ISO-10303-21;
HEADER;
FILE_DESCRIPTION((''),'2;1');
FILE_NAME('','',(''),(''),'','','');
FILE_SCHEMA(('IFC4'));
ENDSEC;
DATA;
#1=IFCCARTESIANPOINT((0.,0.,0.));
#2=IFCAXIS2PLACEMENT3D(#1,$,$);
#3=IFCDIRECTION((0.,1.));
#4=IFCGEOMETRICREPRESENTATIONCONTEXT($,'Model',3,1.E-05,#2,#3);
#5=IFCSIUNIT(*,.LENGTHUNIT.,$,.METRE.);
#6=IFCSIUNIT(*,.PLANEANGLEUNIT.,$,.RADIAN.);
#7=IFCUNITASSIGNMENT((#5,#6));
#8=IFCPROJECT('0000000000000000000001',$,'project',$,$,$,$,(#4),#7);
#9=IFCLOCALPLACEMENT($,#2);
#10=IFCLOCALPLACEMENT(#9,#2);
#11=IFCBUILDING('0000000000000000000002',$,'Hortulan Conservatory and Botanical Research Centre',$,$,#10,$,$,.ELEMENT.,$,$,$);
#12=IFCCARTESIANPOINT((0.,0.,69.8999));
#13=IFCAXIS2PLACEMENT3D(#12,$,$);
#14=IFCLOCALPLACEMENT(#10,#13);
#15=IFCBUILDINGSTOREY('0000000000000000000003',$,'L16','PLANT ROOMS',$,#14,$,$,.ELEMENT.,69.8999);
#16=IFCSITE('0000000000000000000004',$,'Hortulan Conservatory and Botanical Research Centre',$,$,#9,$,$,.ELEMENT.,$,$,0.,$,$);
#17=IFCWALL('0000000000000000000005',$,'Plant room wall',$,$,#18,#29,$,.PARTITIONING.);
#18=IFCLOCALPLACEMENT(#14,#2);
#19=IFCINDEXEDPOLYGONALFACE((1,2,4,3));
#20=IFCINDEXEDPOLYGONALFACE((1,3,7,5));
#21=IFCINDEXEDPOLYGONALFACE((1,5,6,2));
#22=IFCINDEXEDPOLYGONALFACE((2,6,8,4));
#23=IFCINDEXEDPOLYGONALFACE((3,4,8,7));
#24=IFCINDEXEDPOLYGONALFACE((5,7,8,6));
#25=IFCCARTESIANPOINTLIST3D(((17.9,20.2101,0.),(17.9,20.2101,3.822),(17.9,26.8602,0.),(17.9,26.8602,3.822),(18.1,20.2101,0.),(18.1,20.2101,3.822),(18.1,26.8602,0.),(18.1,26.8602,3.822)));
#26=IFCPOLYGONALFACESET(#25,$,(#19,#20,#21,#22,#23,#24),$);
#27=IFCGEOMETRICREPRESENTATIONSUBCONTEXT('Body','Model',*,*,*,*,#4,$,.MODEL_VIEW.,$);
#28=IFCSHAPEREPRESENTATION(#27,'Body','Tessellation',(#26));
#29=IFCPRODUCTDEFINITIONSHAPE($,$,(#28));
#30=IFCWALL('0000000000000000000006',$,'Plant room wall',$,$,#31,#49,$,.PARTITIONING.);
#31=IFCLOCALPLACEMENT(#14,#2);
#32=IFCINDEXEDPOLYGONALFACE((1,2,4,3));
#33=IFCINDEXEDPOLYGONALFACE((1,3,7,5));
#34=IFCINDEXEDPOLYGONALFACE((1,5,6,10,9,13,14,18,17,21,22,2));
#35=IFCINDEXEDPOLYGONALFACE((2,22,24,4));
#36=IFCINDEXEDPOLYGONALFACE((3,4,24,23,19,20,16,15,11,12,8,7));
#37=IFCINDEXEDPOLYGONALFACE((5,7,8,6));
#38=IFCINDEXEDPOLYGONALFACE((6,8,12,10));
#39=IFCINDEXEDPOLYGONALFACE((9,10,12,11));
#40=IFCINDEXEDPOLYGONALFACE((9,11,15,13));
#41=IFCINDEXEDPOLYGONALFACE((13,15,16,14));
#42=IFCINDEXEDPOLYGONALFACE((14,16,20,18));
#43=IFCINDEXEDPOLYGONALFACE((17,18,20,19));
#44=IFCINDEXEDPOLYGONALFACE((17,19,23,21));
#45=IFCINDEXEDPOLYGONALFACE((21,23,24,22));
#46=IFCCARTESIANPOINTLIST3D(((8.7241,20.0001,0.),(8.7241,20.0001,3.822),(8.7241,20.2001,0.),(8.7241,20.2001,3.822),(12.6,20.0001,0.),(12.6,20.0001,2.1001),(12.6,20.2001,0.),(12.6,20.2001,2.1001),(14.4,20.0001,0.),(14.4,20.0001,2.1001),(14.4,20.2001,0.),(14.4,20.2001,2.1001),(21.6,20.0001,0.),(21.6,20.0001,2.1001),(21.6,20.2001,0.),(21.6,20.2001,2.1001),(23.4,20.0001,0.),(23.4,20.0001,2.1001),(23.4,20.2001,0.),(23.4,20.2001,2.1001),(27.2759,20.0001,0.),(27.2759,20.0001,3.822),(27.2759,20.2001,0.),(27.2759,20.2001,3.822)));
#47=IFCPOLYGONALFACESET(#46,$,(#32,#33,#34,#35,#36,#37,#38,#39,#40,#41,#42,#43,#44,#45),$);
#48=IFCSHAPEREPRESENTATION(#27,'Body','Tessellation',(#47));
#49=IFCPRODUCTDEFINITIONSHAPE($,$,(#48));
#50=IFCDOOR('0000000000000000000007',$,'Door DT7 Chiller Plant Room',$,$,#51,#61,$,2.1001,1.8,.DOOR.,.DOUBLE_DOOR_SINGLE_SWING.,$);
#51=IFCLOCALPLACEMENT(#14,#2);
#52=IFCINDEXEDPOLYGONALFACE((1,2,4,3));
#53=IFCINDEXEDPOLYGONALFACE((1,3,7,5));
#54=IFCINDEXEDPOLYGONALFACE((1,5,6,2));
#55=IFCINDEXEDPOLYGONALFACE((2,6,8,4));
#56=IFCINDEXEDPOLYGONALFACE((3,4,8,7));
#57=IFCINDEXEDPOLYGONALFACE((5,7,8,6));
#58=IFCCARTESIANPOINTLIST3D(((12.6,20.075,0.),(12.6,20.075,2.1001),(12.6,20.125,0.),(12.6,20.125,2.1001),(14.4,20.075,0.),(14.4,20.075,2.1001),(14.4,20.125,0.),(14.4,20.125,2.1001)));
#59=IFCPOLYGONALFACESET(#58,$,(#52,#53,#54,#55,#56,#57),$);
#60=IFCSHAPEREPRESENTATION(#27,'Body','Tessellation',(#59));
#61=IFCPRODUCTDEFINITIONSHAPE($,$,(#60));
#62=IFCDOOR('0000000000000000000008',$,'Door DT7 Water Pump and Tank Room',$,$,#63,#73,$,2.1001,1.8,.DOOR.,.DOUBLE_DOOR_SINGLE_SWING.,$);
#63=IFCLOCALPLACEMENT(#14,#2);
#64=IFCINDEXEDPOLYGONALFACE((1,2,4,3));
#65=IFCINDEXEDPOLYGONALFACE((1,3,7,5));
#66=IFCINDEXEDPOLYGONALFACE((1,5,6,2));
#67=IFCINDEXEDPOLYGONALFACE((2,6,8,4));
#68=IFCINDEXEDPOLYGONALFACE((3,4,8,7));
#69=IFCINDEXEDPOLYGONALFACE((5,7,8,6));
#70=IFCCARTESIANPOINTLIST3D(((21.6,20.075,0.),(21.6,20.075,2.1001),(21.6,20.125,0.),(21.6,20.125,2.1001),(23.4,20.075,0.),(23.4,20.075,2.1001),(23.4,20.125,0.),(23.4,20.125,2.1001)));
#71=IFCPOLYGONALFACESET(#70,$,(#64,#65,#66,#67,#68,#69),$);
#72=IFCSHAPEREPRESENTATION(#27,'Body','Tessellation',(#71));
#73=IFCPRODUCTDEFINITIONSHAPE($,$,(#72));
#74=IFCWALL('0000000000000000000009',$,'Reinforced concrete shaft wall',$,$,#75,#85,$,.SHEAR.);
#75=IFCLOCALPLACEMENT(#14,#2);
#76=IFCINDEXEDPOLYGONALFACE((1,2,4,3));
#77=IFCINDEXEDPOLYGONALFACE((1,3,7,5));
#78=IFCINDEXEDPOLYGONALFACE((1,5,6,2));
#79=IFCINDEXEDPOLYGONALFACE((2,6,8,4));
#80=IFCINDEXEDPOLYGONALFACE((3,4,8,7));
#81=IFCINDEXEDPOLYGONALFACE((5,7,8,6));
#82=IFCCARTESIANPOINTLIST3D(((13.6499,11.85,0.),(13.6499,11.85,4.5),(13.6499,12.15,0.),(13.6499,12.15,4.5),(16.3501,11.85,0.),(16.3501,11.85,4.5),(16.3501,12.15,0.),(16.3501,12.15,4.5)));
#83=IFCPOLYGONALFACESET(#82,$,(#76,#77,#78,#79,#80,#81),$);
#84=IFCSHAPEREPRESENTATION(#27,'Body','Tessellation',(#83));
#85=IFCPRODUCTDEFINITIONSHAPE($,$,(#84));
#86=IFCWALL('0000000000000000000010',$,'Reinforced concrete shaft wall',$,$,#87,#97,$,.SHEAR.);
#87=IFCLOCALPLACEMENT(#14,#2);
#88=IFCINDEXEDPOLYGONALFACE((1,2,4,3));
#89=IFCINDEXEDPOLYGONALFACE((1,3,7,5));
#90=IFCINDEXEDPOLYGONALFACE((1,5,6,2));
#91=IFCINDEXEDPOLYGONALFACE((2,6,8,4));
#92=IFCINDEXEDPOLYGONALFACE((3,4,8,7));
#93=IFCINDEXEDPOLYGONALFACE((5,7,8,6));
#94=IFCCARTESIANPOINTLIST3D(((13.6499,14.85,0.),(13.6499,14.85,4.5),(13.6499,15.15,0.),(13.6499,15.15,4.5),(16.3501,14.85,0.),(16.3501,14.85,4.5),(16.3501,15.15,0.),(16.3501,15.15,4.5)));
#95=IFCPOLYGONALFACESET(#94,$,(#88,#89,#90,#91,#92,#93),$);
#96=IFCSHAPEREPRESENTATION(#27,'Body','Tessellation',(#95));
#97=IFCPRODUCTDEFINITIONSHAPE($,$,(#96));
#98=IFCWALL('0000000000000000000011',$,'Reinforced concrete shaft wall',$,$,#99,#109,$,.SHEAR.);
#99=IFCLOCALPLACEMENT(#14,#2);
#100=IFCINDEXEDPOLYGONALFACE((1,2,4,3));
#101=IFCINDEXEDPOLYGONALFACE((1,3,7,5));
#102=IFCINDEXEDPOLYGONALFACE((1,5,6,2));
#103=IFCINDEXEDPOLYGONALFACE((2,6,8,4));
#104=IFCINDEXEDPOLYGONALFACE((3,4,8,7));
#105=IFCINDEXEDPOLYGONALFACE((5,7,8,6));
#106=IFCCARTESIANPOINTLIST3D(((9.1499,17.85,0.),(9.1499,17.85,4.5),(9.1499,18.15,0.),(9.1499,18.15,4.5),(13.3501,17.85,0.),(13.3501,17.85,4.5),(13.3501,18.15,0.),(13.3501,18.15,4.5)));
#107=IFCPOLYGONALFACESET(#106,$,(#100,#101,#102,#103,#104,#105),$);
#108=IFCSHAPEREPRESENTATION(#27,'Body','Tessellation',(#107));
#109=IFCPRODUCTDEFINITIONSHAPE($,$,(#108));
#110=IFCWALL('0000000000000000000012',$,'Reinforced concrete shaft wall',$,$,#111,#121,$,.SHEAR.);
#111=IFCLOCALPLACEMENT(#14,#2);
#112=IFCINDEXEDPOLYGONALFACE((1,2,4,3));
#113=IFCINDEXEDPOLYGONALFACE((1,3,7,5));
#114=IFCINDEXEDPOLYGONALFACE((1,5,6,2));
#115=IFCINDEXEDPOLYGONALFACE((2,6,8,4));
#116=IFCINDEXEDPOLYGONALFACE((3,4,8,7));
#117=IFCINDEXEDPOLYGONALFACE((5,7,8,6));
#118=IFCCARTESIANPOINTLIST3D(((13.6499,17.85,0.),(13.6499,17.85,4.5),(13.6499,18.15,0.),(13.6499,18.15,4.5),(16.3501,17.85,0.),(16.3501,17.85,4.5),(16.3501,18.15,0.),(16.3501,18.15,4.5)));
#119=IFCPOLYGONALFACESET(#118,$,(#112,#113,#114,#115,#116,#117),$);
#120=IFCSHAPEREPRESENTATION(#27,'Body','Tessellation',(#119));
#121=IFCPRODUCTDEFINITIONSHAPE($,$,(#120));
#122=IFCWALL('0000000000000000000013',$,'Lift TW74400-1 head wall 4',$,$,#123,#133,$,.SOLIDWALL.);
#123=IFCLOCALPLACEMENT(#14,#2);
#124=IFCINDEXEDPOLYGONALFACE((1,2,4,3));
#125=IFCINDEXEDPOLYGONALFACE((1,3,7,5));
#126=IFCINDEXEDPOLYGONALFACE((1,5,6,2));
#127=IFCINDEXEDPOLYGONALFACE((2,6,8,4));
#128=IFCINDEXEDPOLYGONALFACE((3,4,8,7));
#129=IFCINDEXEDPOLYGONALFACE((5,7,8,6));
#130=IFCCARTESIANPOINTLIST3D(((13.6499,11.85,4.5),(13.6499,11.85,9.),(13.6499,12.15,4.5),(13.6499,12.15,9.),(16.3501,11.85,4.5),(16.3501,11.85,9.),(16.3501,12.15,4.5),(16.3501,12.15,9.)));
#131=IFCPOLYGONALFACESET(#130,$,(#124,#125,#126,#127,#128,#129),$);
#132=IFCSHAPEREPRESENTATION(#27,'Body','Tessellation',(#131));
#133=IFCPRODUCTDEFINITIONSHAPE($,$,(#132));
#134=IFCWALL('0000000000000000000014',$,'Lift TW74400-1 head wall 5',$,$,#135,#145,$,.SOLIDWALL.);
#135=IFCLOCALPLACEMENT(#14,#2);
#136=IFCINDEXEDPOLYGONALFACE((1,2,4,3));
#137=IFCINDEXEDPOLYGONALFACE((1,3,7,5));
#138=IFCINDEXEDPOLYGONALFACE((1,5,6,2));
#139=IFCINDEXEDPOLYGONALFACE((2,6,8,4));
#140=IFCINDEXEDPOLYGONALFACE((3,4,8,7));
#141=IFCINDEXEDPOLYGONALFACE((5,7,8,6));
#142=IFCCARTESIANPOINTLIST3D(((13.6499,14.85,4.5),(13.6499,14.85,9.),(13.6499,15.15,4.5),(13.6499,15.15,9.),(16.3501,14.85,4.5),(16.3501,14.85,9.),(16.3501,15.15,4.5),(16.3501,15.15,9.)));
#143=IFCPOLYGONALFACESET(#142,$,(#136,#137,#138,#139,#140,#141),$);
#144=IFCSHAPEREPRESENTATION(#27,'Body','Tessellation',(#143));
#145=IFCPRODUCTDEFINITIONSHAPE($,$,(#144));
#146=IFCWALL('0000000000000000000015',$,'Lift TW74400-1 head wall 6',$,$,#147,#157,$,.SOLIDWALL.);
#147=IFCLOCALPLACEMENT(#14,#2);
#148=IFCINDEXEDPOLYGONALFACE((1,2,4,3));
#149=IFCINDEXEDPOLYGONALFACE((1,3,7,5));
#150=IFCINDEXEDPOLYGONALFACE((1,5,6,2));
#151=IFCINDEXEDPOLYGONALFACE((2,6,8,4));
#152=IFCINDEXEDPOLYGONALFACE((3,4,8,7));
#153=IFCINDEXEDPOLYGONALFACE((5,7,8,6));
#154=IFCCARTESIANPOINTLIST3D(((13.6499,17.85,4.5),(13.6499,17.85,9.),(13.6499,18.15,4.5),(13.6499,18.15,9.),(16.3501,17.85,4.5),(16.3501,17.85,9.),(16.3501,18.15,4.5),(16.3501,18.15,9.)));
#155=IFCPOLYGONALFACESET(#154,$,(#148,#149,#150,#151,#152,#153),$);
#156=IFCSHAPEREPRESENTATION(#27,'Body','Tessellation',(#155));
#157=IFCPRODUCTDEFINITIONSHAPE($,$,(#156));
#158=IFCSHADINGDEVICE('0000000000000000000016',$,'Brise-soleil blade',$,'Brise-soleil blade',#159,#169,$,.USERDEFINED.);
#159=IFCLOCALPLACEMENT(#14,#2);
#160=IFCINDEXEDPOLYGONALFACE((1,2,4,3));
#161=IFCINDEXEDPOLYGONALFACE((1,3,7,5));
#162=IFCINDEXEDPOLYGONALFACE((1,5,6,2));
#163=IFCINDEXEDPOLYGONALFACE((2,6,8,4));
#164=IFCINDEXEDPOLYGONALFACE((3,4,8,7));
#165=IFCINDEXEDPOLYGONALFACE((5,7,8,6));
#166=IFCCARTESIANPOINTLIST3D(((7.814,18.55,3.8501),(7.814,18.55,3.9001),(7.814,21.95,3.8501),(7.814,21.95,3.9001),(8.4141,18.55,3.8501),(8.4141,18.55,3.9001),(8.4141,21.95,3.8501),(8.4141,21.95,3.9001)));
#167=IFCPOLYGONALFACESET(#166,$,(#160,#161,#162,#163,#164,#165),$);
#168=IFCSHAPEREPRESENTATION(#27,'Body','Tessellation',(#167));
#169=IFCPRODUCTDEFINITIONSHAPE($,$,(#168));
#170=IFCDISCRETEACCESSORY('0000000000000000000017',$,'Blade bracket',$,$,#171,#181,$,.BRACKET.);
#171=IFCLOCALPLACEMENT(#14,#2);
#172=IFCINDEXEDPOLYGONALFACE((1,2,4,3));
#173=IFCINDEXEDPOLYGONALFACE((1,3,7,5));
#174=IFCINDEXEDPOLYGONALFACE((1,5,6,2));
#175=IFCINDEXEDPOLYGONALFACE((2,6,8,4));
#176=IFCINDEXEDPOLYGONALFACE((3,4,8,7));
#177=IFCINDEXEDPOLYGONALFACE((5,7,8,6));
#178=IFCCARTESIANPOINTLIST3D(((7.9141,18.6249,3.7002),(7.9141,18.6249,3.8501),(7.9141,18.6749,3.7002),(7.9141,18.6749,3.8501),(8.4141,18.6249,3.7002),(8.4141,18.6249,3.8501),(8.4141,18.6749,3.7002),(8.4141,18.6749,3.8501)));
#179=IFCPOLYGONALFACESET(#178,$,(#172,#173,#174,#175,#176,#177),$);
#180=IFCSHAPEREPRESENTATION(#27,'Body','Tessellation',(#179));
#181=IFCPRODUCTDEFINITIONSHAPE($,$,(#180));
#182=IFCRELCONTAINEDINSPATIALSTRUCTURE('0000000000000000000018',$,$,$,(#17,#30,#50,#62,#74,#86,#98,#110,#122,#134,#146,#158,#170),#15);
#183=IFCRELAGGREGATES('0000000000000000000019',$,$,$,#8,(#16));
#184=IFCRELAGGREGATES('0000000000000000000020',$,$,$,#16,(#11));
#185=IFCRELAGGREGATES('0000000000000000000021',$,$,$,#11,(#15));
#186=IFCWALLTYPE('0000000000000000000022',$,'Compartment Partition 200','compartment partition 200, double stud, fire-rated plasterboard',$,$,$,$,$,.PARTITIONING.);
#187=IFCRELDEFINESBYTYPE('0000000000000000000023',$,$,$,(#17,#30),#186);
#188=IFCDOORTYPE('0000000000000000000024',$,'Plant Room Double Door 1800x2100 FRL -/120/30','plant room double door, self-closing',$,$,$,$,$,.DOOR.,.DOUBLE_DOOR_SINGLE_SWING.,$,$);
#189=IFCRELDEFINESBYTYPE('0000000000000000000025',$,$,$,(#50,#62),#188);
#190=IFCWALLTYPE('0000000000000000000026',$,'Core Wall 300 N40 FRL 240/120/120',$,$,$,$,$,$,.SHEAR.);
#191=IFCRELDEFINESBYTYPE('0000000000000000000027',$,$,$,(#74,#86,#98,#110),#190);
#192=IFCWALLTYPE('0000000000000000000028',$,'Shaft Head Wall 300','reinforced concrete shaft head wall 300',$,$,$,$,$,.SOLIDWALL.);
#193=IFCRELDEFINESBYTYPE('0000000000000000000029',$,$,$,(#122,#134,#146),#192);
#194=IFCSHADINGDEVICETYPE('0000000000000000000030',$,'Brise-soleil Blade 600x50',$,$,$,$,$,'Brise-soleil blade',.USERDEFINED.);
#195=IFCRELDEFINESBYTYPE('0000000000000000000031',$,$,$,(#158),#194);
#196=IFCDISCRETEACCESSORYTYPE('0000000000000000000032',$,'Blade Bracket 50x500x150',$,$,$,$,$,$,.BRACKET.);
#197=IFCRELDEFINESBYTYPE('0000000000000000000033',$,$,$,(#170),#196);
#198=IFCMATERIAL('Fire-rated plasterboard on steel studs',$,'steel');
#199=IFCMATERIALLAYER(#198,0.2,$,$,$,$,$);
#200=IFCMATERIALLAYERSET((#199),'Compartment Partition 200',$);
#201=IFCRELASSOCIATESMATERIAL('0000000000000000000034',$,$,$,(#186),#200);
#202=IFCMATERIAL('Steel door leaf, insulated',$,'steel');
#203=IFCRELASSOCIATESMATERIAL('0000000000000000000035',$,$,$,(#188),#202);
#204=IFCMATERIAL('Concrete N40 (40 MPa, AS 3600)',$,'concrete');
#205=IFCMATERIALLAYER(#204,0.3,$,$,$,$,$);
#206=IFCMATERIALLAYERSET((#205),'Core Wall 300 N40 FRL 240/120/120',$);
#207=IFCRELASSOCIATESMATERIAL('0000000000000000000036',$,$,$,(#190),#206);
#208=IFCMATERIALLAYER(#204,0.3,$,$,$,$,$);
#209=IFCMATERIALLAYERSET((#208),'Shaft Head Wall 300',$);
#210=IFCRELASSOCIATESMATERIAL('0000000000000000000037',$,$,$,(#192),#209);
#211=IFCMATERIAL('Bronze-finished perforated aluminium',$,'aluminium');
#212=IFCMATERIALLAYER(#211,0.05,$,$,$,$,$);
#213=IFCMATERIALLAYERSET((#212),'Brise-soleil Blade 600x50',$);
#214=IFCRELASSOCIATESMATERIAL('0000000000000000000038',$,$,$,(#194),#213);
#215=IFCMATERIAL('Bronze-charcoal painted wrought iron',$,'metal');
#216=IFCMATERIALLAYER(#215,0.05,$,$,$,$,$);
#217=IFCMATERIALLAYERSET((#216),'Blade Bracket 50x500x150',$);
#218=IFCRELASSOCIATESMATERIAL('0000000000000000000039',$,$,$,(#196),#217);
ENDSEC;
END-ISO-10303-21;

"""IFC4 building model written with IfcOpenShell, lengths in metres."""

from ifc_helpers import new_model, si_unit, direction, frame, frame_2d, origin, origin_2d, place, context, subcontext, project, spatial, rectangle, extrude, material, layer, layer_set, type_object, element, fill, save


model = new_model("IFC4")

# Units and contexts
model_context = context("Model", 3, precision=1e-05, world=origin(), true_north=direction((0.0, 1.0)))
body_context = subcontext(model_context, "Body", "Model", "MODEL_VIEW")
ifc_project = project(units=[si_unit("LENGTHUNIT", "METRE"), si_unit("PLANEANGLEUNIT", "RADIAN")], contexts=[model_context])

# Site, building, storey
site_placement = place(None, origin())
site = spatial("IfcSite", under=ifc_project, at=site_placement, Name="Hortulan Conservatory and Botanical Research Centre", CompositionType="ELEMENT", RefElevation=0.0)
building_placement = place(site_placement, origin())
building = spatial("IfcBuilding", under=site, at=building_placement, Name="Hortulan Conservatory and Botanical Research Centre", CompositionType="ELEMENT")
storey_placement = place(building_placement, frame((0.0, 0.0, 69.8999)))
storey = spatial("IfcBuildingStorey", under=building, at=storey_placement, Name="L16", Description="PLANT ROOMS", CompositionType="ELEMENT", Elevation=69.8999)

# Wall
ifc_material_1 = material(Name="Fire-rated plasterboard on steel studs", Category="steel")
ifc_layer_1 = layer(ifc_material_1, 0.2)
ifc_layer_set_1 = layer_set([ifc_layer_1], Name="Compartment Partition 200")
wall_type_1 = type_object("IfcWallType", Name="Compartment Partition 200", Description="compartment partition 200, double stud, fire-rated plasterboard", PredefinedType="PARTITIONING", material=ifc_layer_set_1)
wall_1_placement = place(storey_placement, frame((18.0, 20.21, 0.0), z_axis=(0.0, 0.0, 1.0), x_axis=(0.0, 1.0, 0.0)))
element("IfcWall", 1, at=wall_1_placement, inside=storey, type_object=wall_type_1, Name="Plant room wall", PredefinedType="PARTITIONING", context=body_context, shape_type="SweptSolid", body=[
    extrude(rectangle(XDim=6.6501, YDim=0.2, at=frame_2d((3.3252, 0.0))), origin(), (0.0, 0.0, 1.0), 3.822),
])

# Wall, openings, doors
wall_2_placement = place(storey_placement, frame((8.7241, 20.1001, 0.0), z_axis=(0.0, 0.0, 1.0), x_axis=(1.0, 0.0, 0.0)))
wall_2 = element("IfcWall", 2, at=wall_2_placement, inside=storey, type_object=wall_type_1, Name="Plant room wall", PredefinedType="PARTITIONING", context=body_context, shape_type="SweptSolid", body=[
    extrude(rectangle(XDim=18.5518, YDim=0.2, at=frame_2d((9.2759, 0.0))), origin(), (0.0, 0.0, 1.0), 3.822),
])
opening_1_placement = place(wall_2_placement, frame((3.876, 0.0, 0.0)))
opening_1 = element("IfcOpeningElement", 3, at=opening_1_placement, cuts=wall_2, PredefinedType="OPENING", context=body_context, shape_type="SweptSolid", body=[
    extrude(rectangle(XDim=1.8, YDim=2.1001, at=frame_2d((0.8999, 1.05))), frame((0.0, 0.1099, 0.0), z_axis=(0.0, -1.0, 0.0), x_axis=(1.0, 0.0, 0.0)), (0.0, 0.0, 1.0), 0.22),
])
opening_2_placement = place(wall_2_placement, frame((12.876, 0.0, 0.0)))
opening_2 = element("IfcOpeningElement", 4, at=opening_2_placement, cuts=wall_2, PredefinedType="OPENING", context=body_context, shape_type="SweptSolid", body=[
    extrude(rectangle(XDim=1.8, YDim=2.1001, at=frame_2d((0.8999, 1.05))), frame((0.0, 0.1099, 0.0), z_axis=(0.0, -1.0, 0.0), x_axis=(1.0, 0.0, 0.0)), (0.0, 0.0, 1.0), 0.22),
])
ifc_material_2 = material(Name="Steel door leaf, insulated", Category="steel")
door_type = type_object("IfcDoorType", Name="Plant Room Double Door 1800x2100 FRL -/120/30", Description="plant room double door, self-closing", OperationType="DOUBLE_DOOR_SINGLE_SWING", PredefinedType="DOOR", material=ifc_material_2)
door_1_placement = place(opening_1_placement, origin())
door_1 = element("IfcDoor", 5, at=door_1_placement, inside=storey, type_object=door_type, Name="Door DT7 Chiller Plant Room", OperationType="DOUBLE_DOOR_SINGLE_SWING", OverallHeight=2.1001, OverallWidth=1.8, PredefinedType="DOOR", context=body_context, shape_type="SweptSolid", body=[
    extrude(rectangle(XDim=1.8, YDim=2.1001, at=frame_2d((0.8999, 1.05))), frame((0.0, 0.0249, 0.0), z_axis=(0.0, -1.0, 0.0), x_axis=(1.0, 0.0, 0.0)), (0.0, 0.0, 1.0), 0.05),
])
fill(opening_1, door_1)
door_2_placement = place(opening_2_placement, origin())
door_2 = element("IfcDoor", 6, at=door_2_placement, inside=storey, type_object=door_type, Name="Door DT7 Water Pump and Tank Room", OperationType="DOUBLE_DOOR_SINGLE_SWING", OverallHeight=2.1001, OverallWidth=1.8, PredefinedType="DOOR", context=body_context, shape_type="SweptSolid", body=[
    extrude(rectangle(XDim=1.8, YDim=2.1001, at=frame_2d((0.8999, 1.05))), frame((0.0, 0.0249, 0.0), z_axis=(0.0, -1.0, 0.0), x_axis=(1.0, 0.0, 0.0)), (0.0, 0.0, 1.0), 0.05),
])
fill(opening_2, door_2)

# Walls
ifc_material_3 = material(Name="Concrete N40 (40 MPa, AS 3600)", Category="concrete")
ifc_layer_2 = layer(ifc_material_3, 0.3)
ifc_layer_set_2 = layer_set([ifc_layer_2], Name="Core Wall 300 N40 FRL 240/120/120")
wall_type_2 = type_object("IfcWallType", Name="Core Wall 300 N40 FRL 240/120/120", PredefinedType="SHEAR", material=ifc_layer_set_2)
for number, where, z_axis, x_axis, name in (
    (7, (13.6499, 12.0, 0.0), (0.0, 0.0, 1.0), (1.0, 0.0, 0.0), "Reinforced concrete shaft wall"),
    (8, (13.6499, 15.0, 0.0), (0.0, 0.0, 1.0), (1.0, 0.0, 0.0), "Reinforced concrete shaft wall"),
):
    element("IfcWall", number, at=place(storey_placement, frame(where, z_axis=z_axis, x_axis=x_axis)), inside=storey, type_object=wall_type_2, Name=name, PredefinedType="SHEAR", context=body_context, shape_type="SweptSolid", body=[
        extrude(rectangle(XDim=2.7002, YDim=0.3, at=frame_2d((1.3501, 0.0))), origin(), (0.0, 0.0, 1.0), 4.5),
    ])
wall_3_placement = place(storey_placement, frame((9.1499, 18.0, 0.0), z_axis=(0.0, 0.0, 1.0), x_axis=(1.0, 0.0, 0.0)))
element("IfcWall", 9, at=wall_3_placement, inside=storey, type_object=wall_type_2, Name="Reinforced concrete shaft wall", PredefinedType="SHEAR", context=body_context, shape_type="SweptSolid", body=[
    extrude(rectangle(XDim=4.2002, YDim=0.3, at=frame_2d((2.1001, 0.0))), origin(), (0.0, 0.0, 1.0), 4.5),
])
wall_4_placement = place(storey_placement, frame((13.6499, 18.0, 0.0), z_axis=(0.0, 0.0, 1.0), x_axis=(1.0, 0.0, 0.0)))
element("IfcWall", 10, at=wall_4_placement, inside=storey, type_object=wall_type_2, Name="Reinforced concrete shaft wall", PredefinedType="SHEAR", context=body_context, shape_type="SweptSolid", body=[
    extrude(rectangle(XDim=2.7002, YDim=0.3, at=frame_2d((1.3501, 0.0))), origin(), (0.0, 0.0, 1.0), 4.5),
])
ifc_layer_3 = layer(ifc_material_3, 0.3)
ifc_layer_set_3 = layer_set([ifc_layer_3], Name="Shaft Head Wall 300")
wall_type_3 = type_object("IfcWallType", Name="Shaft Head Wall 300", Description="reinforced concrete shaft head wall 300", PredefinedType="SOLIDWALL", material=ifc_layer_set_3)
for number, where, z_axis, x_axis, name in (
    (11, (13.6499, 12.0, 4.5), (0.0, 0.0, 1.0), (1.0, 0.0, 0.0), "Lift TW74400-1 head wall 4"),
    (12, (13.6499, 15.0, 4.5), (0.0, 0.0, 1.0), (1.0, 0.0, 0.0), "Lift TW74400-1 head wall 5"),
    (13, (13.6499, 18.0, 4.5), (0.0, 0.0, 1.0), (1.0, 0.0, 0.0), "Lift TW74400-1 head wall 6"),
):
    element("IfcWall", number, at=place(storey_placement, frame(where, z_axis=z_axis, x_axis=x_axis)), inside=storey, type_object=wall_type_3, Name=name, PredefinedType="SOLIDWALL", context=body_context, shape_type="SweptSolid", body=[
        extrude(rectangle(XDim=2.7002, YDim=0.3, at=frame_2d((1.3501, 0.0))), origin(), (0.0, 0.0, 1.0), 4.5),
    ])

# Shading device
ifc_material_4 = material(Name="Bronze-finished perforated aluminium", Category="aluminium")
ifc_layer_4 = layer(ifc_material_4, 0.05)
ifc_layer_set_4 = layer_set([ifc_layer_4], Name="Brise-soleil Blade 600x50")
shading_device_type = type_object("IfcShadingDeviceType", Name="Brise-soleil Blade 600x50", ElementType="Brise-soleil blade", PredefinedType="USERDEFINED", material=ifc_layer_set_4)
shading_device_placement = place(storey_placement, frame((8.114, 20.25, 3.8501), z_axis=(0.0, 0.0, 1.0), x_axis=(0.0, 1.0, 0.0)))
element("IfcShadingDevice", 14, at=shading_device_placement, inside=storey, type_object=shading_device_type, Name="Brise-soleil blade", ObjectType="Brise-soleil blade", PredefinedType="USERDEFINED", context=body_context, shape_type="SweptSolid", body=[
    extrude(rectangle(XDim=3.3999, YDim=0.6001, at=origin_2d()), origin(), (0.0, 0.0, 1.0), 0.05),
])

# Discrete accessory
ifc_material_5 = material(Name="Bronze-charcoal painted wrought iron", Category="metal")
ifc_layer_5 = layer(ifc_material_5, 0.05)
ifc_layer_set_5 = layer_set([ifc_layer_5], Name="Blade Bracket 50x500x150")
discrete_accessory_type = type_object("IfcDiscreteAccessoryType", Name="Blade Bracket 50x500x150", PredefinedType="BRACKET", material=ifc_layer_set_5)
for number, where, z_axis, x_axis, name in (
    (15, (8.1641, 18.6499, 3.7002), (0.0, 0.0, 1.0), (0.0, 1.0, 0.0), "Blade bracket"),
):
    element("IfcDiscreteAccessory", number, at=place(storey_placement, frame(where, z_axis=z_axis, x_axis=x_axis)), inside=storey, type_object=discrete_accessory_type, Name=name, PredefinedType="BRACKET", context=body_context, shape_type="SweptSolid", body=[
        extrude(rectangle(XDim=0.05, YDim=0.5, at=origin_2d()), origin(), (0.0, 0.0, 1.0), 0.1499),
    ])

save(model, "model.ifc")
